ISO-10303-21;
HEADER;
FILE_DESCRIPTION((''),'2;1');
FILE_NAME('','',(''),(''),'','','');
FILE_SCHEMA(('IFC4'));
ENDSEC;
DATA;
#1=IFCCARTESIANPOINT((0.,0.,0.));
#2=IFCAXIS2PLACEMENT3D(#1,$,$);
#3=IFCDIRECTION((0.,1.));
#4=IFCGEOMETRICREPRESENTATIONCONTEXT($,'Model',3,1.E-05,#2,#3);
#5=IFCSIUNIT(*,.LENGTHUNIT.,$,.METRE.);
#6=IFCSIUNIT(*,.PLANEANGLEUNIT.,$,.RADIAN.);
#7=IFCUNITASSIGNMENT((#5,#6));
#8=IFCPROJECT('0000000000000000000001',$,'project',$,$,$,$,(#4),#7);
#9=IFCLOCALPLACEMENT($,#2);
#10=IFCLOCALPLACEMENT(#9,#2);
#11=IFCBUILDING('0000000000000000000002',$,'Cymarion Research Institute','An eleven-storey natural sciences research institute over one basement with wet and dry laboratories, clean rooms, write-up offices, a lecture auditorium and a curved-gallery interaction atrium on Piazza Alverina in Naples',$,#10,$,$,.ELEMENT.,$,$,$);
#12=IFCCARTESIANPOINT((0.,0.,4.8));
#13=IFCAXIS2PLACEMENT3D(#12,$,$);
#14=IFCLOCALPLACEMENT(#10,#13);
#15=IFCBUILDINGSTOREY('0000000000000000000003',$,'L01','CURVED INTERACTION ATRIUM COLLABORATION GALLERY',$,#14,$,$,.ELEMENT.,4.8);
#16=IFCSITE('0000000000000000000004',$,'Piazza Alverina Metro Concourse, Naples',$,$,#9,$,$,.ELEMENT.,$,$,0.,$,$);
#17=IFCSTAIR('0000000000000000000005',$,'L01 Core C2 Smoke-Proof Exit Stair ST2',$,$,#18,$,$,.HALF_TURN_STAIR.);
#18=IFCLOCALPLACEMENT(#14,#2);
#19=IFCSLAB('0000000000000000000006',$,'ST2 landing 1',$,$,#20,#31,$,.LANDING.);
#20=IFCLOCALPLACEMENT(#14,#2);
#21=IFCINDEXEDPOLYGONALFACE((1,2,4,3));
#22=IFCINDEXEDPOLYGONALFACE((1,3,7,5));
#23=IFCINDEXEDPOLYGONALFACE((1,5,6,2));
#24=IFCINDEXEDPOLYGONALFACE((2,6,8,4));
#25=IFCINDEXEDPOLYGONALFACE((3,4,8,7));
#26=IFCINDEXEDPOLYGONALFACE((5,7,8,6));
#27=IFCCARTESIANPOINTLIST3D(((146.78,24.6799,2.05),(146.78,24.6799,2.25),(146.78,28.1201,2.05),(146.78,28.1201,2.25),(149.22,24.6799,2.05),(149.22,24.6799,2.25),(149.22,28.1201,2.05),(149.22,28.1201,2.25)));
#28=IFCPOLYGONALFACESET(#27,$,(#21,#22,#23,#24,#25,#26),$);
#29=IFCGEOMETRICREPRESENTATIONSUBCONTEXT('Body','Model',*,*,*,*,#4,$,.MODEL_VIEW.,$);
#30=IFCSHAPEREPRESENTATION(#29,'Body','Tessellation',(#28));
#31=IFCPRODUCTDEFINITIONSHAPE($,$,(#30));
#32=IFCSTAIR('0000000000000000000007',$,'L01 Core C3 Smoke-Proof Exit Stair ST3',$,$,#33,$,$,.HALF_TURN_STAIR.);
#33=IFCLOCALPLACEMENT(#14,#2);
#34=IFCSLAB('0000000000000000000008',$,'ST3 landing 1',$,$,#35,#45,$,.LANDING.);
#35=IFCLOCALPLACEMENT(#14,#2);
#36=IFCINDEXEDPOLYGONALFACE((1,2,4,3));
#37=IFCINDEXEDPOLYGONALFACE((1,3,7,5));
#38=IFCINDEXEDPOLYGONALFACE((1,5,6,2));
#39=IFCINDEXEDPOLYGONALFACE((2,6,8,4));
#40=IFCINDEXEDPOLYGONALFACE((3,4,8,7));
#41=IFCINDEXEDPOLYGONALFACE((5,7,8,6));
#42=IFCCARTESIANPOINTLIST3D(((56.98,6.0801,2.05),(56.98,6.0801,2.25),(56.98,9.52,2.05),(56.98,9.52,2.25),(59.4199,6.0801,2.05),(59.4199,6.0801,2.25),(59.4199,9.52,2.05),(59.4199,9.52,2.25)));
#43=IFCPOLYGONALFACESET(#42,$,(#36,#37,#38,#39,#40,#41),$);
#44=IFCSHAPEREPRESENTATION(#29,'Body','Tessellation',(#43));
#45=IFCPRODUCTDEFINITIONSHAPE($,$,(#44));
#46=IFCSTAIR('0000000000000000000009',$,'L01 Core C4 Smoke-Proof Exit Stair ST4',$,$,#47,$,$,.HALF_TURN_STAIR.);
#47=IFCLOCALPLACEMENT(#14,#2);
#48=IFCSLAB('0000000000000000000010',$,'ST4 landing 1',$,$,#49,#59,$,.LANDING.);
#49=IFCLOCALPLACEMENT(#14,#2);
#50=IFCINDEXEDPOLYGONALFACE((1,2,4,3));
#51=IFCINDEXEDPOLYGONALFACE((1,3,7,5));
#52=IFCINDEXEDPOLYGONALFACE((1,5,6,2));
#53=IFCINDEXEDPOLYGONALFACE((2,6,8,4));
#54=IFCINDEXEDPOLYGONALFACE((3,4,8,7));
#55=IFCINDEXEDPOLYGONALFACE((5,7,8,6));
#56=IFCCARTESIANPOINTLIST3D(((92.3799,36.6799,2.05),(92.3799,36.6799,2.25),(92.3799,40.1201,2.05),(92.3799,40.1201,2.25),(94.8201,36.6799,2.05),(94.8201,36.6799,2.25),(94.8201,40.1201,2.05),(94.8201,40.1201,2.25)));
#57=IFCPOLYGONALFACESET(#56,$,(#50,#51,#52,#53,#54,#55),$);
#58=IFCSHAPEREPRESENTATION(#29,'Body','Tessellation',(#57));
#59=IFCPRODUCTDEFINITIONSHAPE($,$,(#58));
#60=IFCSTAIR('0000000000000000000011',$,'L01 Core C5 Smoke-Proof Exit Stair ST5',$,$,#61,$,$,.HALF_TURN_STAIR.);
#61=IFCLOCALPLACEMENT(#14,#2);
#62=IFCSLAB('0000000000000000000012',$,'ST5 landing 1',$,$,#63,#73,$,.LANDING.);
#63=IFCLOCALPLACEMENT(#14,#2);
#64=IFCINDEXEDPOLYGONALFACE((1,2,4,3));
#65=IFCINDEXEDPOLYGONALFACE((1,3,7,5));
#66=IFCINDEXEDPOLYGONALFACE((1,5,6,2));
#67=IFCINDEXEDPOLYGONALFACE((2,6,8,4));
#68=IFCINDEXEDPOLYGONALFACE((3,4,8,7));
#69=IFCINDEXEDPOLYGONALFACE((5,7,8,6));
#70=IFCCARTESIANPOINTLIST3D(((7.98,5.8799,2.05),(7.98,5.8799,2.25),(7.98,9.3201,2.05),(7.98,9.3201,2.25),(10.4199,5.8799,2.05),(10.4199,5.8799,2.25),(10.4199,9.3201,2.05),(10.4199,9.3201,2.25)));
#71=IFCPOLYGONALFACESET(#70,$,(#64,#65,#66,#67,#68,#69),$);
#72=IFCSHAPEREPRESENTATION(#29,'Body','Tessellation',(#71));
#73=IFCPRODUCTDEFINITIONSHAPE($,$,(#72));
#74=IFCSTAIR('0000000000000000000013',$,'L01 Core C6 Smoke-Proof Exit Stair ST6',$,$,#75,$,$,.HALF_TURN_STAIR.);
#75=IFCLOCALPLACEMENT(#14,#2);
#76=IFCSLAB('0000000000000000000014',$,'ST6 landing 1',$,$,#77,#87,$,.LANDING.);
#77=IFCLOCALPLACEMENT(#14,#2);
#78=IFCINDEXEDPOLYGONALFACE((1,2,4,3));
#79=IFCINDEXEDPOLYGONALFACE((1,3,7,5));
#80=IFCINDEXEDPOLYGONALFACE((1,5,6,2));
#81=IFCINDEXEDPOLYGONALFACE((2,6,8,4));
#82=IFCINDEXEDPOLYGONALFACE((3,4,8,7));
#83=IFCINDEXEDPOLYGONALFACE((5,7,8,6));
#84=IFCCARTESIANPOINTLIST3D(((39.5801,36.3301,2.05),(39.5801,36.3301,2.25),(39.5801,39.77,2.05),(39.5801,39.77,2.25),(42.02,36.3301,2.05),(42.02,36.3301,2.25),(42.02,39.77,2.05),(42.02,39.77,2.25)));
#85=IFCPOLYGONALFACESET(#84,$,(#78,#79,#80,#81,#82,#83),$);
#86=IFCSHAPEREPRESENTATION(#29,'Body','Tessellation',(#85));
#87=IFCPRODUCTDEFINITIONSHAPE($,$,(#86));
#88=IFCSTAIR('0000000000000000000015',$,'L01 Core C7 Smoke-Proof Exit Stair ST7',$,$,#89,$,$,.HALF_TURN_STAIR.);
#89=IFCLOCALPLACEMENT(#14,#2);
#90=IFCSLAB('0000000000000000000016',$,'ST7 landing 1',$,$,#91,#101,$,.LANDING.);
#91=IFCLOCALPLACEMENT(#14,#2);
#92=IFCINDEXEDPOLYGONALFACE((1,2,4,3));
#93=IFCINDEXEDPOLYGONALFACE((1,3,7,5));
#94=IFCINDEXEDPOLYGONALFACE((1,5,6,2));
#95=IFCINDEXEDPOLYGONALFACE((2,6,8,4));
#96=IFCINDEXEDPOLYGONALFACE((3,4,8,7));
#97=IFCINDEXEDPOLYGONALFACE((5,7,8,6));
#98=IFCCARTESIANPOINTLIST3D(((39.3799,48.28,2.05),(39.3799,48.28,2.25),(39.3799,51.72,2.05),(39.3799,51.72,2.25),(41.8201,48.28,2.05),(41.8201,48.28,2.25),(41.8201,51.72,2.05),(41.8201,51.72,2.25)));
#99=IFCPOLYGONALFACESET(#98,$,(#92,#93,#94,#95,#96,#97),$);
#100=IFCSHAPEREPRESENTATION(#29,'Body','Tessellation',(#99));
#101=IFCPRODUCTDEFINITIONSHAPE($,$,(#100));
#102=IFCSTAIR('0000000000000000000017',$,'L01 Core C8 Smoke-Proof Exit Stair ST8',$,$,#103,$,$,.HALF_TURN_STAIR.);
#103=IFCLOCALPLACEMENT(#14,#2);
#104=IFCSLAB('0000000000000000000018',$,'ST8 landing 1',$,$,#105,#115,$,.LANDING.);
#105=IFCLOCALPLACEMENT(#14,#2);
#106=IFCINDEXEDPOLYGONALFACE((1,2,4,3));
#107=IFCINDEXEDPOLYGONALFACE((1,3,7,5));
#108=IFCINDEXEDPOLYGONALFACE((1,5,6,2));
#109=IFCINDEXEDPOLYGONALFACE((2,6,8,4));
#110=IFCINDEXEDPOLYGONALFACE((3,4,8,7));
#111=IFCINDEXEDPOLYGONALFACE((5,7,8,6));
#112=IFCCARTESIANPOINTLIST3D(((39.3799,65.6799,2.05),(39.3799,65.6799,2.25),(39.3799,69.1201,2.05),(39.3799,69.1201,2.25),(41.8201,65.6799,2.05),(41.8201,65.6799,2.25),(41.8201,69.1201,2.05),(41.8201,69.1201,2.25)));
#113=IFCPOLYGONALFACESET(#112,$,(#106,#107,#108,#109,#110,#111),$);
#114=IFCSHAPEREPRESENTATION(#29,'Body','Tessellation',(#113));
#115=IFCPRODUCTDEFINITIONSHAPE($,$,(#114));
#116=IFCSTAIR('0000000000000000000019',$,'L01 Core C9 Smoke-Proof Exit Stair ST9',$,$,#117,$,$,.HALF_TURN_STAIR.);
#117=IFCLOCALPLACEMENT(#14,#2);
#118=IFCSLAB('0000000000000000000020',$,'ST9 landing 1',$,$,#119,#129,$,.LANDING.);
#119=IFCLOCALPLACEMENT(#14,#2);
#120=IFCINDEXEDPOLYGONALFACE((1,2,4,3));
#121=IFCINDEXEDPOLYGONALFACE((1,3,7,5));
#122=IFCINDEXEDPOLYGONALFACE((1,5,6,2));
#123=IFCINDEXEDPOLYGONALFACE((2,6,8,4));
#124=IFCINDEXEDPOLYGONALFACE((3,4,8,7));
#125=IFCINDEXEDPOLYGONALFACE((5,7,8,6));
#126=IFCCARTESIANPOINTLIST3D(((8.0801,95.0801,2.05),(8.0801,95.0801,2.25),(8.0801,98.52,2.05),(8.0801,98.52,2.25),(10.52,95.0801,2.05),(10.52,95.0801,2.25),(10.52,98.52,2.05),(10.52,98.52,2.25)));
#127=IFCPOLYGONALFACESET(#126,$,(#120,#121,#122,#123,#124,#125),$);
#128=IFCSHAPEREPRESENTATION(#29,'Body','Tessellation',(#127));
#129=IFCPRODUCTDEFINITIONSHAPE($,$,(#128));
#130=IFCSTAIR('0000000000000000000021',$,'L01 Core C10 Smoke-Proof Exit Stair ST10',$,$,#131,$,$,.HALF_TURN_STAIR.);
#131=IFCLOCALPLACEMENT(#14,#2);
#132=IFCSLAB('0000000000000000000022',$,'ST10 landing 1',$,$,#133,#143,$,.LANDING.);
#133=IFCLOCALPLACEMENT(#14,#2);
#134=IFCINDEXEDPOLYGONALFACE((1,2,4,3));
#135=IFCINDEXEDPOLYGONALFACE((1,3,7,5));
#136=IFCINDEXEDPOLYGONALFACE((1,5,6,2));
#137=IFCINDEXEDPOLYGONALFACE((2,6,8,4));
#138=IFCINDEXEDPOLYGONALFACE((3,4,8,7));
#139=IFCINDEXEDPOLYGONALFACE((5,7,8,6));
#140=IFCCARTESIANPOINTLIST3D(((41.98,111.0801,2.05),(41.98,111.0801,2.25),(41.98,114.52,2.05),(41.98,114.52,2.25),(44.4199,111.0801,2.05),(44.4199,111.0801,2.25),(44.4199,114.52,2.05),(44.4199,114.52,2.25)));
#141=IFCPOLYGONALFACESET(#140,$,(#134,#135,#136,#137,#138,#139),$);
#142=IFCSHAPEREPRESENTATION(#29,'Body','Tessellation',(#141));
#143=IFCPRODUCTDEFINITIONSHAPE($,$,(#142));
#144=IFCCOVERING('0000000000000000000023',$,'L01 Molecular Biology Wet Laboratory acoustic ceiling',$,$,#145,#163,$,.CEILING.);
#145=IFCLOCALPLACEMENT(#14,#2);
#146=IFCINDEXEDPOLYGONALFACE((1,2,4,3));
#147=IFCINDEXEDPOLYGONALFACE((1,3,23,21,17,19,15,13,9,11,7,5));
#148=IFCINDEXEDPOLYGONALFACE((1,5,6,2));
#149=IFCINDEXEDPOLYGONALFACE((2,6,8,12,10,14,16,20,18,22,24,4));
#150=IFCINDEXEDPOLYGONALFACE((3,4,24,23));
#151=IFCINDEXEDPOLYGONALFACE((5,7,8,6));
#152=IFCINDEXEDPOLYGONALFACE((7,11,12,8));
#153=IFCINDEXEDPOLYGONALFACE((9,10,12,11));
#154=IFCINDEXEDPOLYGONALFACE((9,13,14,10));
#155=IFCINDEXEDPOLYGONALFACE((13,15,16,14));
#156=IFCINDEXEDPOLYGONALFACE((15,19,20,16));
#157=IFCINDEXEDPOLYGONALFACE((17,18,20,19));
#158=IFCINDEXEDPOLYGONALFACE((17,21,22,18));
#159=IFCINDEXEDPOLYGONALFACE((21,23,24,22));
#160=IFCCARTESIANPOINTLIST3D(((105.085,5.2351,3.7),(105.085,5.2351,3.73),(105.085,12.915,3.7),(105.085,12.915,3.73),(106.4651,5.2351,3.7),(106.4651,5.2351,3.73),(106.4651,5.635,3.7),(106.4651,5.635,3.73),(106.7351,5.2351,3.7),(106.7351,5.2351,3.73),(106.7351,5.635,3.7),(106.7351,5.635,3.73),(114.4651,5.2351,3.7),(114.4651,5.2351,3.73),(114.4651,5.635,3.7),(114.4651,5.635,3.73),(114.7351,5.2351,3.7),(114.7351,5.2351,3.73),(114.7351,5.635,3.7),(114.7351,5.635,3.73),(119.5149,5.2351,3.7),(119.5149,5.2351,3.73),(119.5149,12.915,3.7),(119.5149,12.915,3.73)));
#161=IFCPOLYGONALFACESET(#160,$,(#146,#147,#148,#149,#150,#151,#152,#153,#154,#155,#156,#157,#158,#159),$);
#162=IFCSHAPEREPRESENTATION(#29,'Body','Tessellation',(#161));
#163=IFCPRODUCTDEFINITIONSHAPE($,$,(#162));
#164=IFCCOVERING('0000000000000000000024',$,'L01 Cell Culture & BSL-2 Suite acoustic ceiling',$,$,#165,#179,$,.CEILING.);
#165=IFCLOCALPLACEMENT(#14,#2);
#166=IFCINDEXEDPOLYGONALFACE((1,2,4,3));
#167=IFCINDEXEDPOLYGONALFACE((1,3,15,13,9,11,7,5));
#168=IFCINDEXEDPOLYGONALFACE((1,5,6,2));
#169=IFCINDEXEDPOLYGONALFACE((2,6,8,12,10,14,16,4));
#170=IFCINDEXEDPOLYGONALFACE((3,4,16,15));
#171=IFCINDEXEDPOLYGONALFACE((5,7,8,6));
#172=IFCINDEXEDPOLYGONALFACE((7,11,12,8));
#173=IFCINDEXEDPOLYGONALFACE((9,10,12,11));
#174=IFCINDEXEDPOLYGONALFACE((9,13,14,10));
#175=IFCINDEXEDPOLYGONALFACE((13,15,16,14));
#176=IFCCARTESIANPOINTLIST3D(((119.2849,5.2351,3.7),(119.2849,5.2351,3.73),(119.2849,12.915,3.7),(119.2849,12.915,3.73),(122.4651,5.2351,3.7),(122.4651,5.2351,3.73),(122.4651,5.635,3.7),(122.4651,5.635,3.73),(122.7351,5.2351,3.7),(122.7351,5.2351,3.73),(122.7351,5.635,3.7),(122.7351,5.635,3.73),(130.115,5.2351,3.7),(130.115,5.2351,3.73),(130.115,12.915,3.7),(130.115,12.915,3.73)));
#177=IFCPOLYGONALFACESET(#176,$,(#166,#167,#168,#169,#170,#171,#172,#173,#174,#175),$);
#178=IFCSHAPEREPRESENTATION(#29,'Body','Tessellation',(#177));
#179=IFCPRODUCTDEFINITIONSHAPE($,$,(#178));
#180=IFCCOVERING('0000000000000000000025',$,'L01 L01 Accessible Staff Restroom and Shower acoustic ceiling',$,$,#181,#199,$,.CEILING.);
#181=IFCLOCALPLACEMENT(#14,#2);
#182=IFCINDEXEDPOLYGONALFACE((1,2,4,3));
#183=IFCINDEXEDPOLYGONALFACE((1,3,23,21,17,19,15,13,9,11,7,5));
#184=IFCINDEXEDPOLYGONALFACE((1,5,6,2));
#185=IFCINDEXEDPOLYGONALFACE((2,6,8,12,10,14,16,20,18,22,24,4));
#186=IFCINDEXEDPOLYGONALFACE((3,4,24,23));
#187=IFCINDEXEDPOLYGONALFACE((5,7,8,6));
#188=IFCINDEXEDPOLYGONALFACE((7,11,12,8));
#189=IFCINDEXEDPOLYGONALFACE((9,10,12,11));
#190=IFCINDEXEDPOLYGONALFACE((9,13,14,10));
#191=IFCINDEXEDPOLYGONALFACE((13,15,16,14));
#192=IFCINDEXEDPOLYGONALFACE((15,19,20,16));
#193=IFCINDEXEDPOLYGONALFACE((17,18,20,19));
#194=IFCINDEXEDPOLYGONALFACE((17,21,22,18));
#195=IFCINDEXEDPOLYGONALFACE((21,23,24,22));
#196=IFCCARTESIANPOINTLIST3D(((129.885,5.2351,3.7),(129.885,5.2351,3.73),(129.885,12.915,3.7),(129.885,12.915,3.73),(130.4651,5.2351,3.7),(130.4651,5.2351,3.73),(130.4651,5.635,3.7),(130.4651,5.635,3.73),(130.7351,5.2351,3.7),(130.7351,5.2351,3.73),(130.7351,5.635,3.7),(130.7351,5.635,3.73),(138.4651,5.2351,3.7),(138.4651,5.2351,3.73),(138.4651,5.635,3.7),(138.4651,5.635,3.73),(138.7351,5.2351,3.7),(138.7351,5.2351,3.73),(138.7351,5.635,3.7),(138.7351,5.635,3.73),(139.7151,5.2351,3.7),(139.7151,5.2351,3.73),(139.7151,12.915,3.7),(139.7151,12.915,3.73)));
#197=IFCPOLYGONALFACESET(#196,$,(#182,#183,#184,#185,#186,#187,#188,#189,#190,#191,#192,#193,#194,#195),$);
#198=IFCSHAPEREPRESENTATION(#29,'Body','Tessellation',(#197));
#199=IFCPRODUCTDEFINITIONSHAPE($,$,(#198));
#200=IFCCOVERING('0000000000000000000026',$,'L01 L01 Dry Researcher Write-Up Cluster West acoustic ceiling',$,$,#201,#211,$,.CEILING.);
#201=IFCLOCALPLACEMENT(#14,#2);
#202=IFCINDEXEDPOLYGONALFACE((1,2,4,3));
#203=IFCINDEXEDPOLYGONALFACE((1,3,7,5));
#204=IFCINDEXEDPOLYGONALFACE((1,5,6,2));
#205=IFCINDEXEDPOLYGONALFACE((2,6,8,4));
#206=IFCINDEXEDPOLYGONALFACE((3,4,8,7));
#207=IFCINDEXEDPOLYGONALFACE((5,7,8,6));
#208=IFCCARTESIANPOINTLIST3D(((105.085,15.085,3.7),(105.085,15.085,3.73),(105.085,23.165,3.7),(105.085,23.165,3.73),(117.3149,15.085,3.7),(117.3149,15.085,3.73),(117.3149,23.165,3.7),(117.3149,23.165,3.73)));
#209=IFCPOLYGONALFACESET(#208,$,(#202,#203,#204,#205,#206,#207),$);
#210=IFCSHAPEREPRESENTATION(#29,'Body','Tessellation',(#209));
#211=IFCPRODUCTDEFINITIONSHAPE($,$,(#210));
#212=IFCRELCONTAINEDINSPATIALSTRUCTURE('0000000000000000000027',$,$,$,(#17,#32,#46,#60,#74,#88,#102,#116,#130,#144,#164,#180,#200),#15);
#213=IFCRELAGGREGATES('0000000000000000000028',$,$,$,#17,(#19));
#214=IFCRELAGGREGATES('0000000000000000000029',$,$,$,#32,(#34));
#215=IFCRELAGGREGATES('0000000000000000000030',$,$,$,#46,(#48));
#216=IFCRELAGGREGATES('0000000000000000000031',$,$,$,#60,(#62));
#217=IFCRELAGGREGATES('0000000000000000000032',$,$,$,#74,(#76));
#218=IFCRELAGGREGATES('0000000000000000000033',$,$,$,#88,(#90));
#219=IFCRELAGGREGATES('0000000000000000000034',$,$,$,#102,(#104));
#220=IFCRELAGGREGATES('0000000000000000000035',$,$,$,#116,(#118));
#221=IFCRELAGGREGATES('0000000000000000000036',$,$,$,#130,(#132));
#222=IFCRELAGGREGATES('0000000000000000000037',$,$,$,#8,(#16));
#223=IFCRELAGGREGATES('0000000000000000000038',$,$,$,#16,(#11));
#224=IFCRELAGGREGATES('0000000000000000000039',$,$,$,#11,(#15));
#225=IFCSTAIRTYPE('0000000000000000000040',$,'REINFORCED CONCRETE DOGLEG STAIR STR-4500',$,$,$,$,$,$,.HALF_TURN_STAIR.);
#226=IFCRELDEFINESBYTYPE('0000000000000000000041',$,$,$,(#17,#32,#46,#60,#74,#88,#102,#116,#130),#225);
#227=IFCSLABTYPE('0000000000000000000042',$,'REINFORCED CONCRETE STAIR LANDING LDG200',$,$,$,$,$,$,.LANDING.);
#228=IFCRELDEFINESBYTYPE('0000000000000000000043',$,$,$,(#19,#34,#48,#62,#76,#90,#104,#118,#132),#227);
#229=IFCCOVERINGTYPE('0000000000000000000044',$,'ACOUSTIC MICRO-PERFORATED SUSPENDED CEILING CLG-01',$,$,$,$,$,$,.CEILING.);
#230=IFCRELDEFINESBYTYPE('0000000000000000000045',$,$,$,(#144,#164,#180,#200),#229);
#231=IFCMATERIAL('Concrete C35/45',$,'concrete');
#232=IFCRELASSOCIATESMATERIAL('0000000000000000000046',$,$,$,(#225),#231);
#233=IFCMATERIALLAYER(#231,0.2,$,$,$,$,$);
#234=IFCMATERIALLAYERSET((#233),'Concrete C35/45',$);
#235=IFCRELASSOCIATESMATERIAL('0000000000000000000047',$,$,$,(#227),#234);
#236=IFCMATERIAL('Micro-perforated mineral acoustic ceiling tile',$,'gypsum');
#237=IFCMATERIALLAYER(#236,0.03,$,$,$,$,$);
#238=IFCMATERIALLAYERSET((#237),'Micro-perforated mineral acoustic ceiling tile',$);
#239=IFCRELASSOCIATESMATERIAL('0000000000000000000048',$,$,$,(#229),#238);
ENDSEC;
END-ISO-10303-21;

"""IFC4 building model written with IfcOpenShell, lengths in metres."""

from ifc_helpers import new_model, si_unit, direction, frame, origin, place, context, subcontext, project, spatial, polyline, outline, extrude, material, layer, layer_set, type_object, element, aggregate, save


model = new_model("IFC4")

# Units and contexts
model_context = context("Model", 3, precision=1e-05, world=origin(), true_north=direction((0.0, 1.0)))
body_context = subcontext(model_context, "Body", "Model", "MODEL_VIEW")
ifc_project = project(units=[si_unit("LENGTHUNIT", "METRE"), si_unit("PLANEANGLEUNIT", "RADIAN")], contexts=[model_context])

# Site, building, storey
site_placement = place(None, origin())
site = spatial("IfcSite", under=ifc_project, at=site_placement, Name="Piazza Alverina Metro Concourse, Naples", CompositionType="ELEMENT", RefElevation=0.0)
building_placement = place(site_placement, origin())
building = spatial("IfcBuilding", under=site, at=building_placement, Name="Cymarion Research Institute", Description="An eleven-storey natural sciences research institute over one basement with wet and dry laboratories, clean rooms, write-up offices, a lecture auditorium and a curved-gallery interaction atrium on Piazza Alverina in Naples", CompositionType="ELEMENT")
storey_placement = place(building_placement, frame((0.0, 0.0, 4.8)))
storey = spatial("IfcBuildingStorey", under=building, at=storey_placement, Name="L01", Description="CURVED INTERACTION ATRIUM COLLABORATION GALLERY", CompositionType="ELEMENT", Elevation=4.8)

# Stairs, slabs
ifc_material_1 = material(Name="Concrete C35/45", Category="concrete")
stair_type = type_object("IfcStairType", Name="REINFORCED CONCRETE DOGLEG STAIR STR-4500", PredefinedType="HALF_TURN_STAIR", material=ifc_material_1)
stair_1_placement = place(storey_placement, origin())
stair_1 = element("IfcStair", 1, at=stair_1_placement, inside=storey, type_object=stair_type, Name="L01 Core C2 Smoke-Proof Exit Stair ST2", PredefinedType="HALF_TURN_STAIR")
ifc_layer_1 = layer(ifc_material_1, 0.2)
ifc_layer_set_1 = layer_set([ifc_layer_1], Name="Concrete C35/45")
slab_type = type_object("IfcSlabType", Name="REINFORCED CONCRETE STAIR LANDING LDG200", PredefinedType="LANDING", material=ifc_layer_set_1)
slab_1_placement = place(storey_placement, frame((0.0, 0.0, 2.05)))
slab_1 = element("IfcSlab", 2, at=slab_1_placement, type_object=slab_type, Name="ST2 landing 1", PredefinedType="LANDING", context=body_context, shape_type="SweptSolid", body=[
    extrude(outline(polyline([(149.22, 28.1201), (149.22, 24.6799), (146.78, 24.6799), (146.78, 28.1201), (149.22, 28.1201)])), origin(), (0.0, 0.0, 1.0), 0.2),
])
aggregate(stair_1, [slab_1])
stair_2_placement = place(storey_placement, origin())
stair_2 = element("IfcStair", 3, at=stair_2_placement, inside=storey, type_object=stair_type, Name="L01 Core C3 Smoke-Proof Exit Stair ST3", PredefinedType="HALF_TURN_STAIR")
slab_2_placement = place(storey_placement, frame((0.0, 0.0, 2.05)))
slab_2 = element("IfcSlab", 4, at=slab_2_placement, type_object=slab_type, Name="ST3 landing 1", PredefinedType="LANDING", context=body_context, shape_type="SweptSolid", body=[
    extrude(outline(polyline([(59.4199, 9.52), (59.4199, 6.0801), (56.98, 6.0801), (56.98, 9.52), (59.4199, 9.52)])), origin(), (0.0, 0.0, 1.0), 0.2),
])
aggregate(stair_2, [slab_2])
stair_3_placement = place(storey_placement, origin())
stair_3 = element("IfcStair", 5, at=stair_3_placement, inside=storey, type_object=stair_type, Name="L01 Core C4 Smoke-Proof Exit Stair ST4", PredefinedType="HALF_TURN_STAIR")
slab_3_placement = place(storey_placement, frame((0.0, 0.0, 2.05)))
slab_3 = element("IfcSlab", 6, at=slab_3_placement, type_object=slab_type, Name="ST4 landing 1", PredefinedType="LANDING", context=body_context, shape_type="SweptSolid", body=[
    extrude(outline(polyline([(92.3799, 36.6799), (92.3799, 40.1201), (94.8201, 40.1201), (94.8201, 36.6799), (92.3799, 36.6799)])), origin(), (0.0, 0.0, 1.0), 0.2),
])
aggregate(stair_3, [slab_3])
stair_4_placement = place(storey_placement, origin())
stair_4 = element("IfcStair", 7, at=stair_4_placement, inside=storey, type_object=stair_type, Name="L01 Core C5 Smoke-Proof Exit Stair ST5", PredefinedType="HALF_TURN_STAIR")
slab_4_placement = place(storey_placement, frame((0.0, 0.0, 2.05)))
slab_4 = element("IfcSlab", 8, at=slab_4_placement, type_object=slab_type, Name="ST5 landing 1", PredefinedType="LANDING", context=body_context, shape_type="SweptSolid", body=[
    extrude(outline(polyline([(10.4199, 9.3201), (10.4199, 5.8799), (7.98, 5.8799), (7.98, 9.3201), (10.4199, 9.3201)])), origin(), (0.0, 0.0, 1.0), 0.2),
])
aggregate(stair_4, [slab_4])
stair_5_placement = place(storey_placement, origin())
stair_5 = element("IfcStair", 9, at=stair_5_placement, inside=storey, type_object=stair_type, Name="L01 Core C6 Smoke-Proof Exit Stair ST6", PredefinedType="HALF_TURN_STAIR")
slab_5_placement = place(storey_placement, frame((0.0, 0.0, 2.05)))
slab_5 = element("IfcSlab", 10, at=slab_5_placement, type_object=slab_type, Name="ST6 landing 1", PredefinedType="LANDING", context=body_context, shape_type="SweptSolid", body=[
    extrude(outline(polyline([(39.5801, 36.3301), (39.5801, 39.77), (42.02, 39.77), (42.02, 36.3301), (39.5801, 36.3301)])), origin(), (0.0, 0.0, 1.0), 0.2),
])
aggregate(stair_5, [slab_5])
stair_6_placement = place(storey_placement, origin())
stair_6 = element("IfcStair", 11, at=stair_6_placement, inside=storey, type_object=stair_type, Name="L01 Core C7 Smoke-Proof Exit Stair ST7", PredefinedType="HALF_TURN_STAIR")
slab_6_placement = place(storey_placement, frame((0.0, 0.0, 2.05)))
slab_6 = element("IfcSlab", 12, at=slab_6_placement, type_object=slab_type, Name="ST7 landing 1", PredefinedType="LANDING", context=body_context, shape_type="SweptSolid", body=[
    extrude(outline(polyline([(39.3799, 48.28), (39.3799, 51.72), (41.8201, 51.72), (41.8201, 48.28), (39.3799, 48.28)])), origin(), (0.0, 0.0, 1.0), 0.2),
])
aggregate(stair_6, [slab_6])
stair_7_placement = place(storey_placement, origin())
stair_7 = element("IfcStair", 13, at=stair_7_placement, inside=storey, type_object=stair_type, Name="L01 Core C8 Smoke-Proof Exit Stair ST8", PredefinedType="HALF_TURN_STAIR")
slab_7_placement = place(storey_placement, frame((0.0, 0.0, 2.05)))
slab_7 = element("IfcSlab", 14, at=slab_7_placement, type_object=slab_type, Name="ST8 landing 1", PredefinedType="LANDING", context=body_context, shape_type="SweptSolid", body=[
    extrude(outline(polyline([(39.3799, 65.6799), (39.3799, 69.1201), (41.8201, 69.1201), (41.8201, 65.6799), (39.3799, 65.6799)])), origin(), (0.0, 0.0, 1.0), 0.2),
])
aggregate(stair_7, [slab_7])
stair_8_placement = place(storey_placement, origin())
stair_8 = element("IfcStair", 15, at=stair_8_placement, inside=storey, type_object=stair_type, Name="L01 Core C9 Smoke-Proof Exit Stair ST9", PredefinedType="HALF_TURN_STAIR")
slab_8_placement = place(storey_placement, frame((0.0, 0.0, 2.05)))
slab_8 = element("IfcSlab", 16, at=slab_8_placement, type_object=slab_type, Name="ST9 landing 1", PredefinedType="LANDING", context=body_context, shape_type="SweptSolid", body=[
    extrude(outline(polyline([(10.52, 98.52), (10.52, 95.0801), (8.0801, 95.0801), (8.0801, 98.52), (10.52, 98.52)])), origin(), (0.0, 0.0, 1.0), 0.2),
])
aggregate(stair_8, [slab_8])
stair_9_placement = place(storey_placement, origin())
stair_9 = element("IfcStair", 17, at=stair_9_placement, inside=storey, type_object=stair_type, Name="L01 Core C10 Smoke-Proof Exit Stair ST10", PredefinedType="HALF_TURN_STAIR")
slab_9_placement = place(storey_placement, frame((0.0, 0.0, 2.05)))
slab_9 = element("IfcSlab", 18, at=slab_9_placement, type_object=slab_type, Name="ST10 landing 1", PredefinedType="LANDING", context=body_context, shape_type="SweptSolid", body=[
    extrude(outline(polyline([(41.98, 111.0801), (41.98, 114.52), (44.4199, 114.52), (44.4199, 111.0801), (41.98, 111.0801)])), origin(), (0.0, 0.0, 1.0), 0.2),
])
aggregate(stair_9, [slab_9])

# Coverings
ifc_material_2 = material(Name="Micro-perforated mineral acoustic ceiling tile", Category="gypsum")
ifc_layer_2 = layer(ifc_material_2, 0.03)
ifc_layer_set_2 = layer_set([ifc_layer_2], Name="Micro-perforated mineral acoustic ceiling tile")
covering_type = type_object("IfcCoveringType", Name="ACOUSTIC MICRO-PERFORATED SUSPENDED CEILING CLG-01", PredefinedType="CEILING", material=ifc_layer_set_2)
covering_1_placement = place(storey_placement, frame((0.0, 0.0, 3.7)))
element("IfcCovering", 19, at=covering_1_placement, inside=storey, type_object=covering_type, Name="L01 Molecular Biology Wet Laboratory acoustic ceiling", PredefinedType="CEILING", context=body_context, shape_type="SweptSolid", body=[
    extrude(outline(polyline([(119.5149, 12.915), (119.5149, 5.2351), (114.7351, 5.2351), (114.7351, 5.635), (114.4651, 5.635), (114.4651, 5.2351), (106.7351, 5.2351), (106.7351, 5.635), (106.4651, 5.635), (106.4651, 5.2351), (105.085, 5.2351), (105.085, 12.915), (119.5149, 12.915)])), origin(), (0.0, 0.0, 1.0), 0.03),
])
covering_2_placement = place(storey_placement, frame((0.0, 0.0, 3.7)))
element("IfcCovering", 20, at=covering_2_placement, inside=storey, type_object=covering_type, Name="L01 Cell Culture & BSL-2 Suite acoustic ceiling", PredefinedType="CEILING", context=body_context, shape_type="SweptSolid", body=[
    extrude(outline(polyline([(130.115, 12.915), (130.115, 5.2351), (122.7351, 5.2351), (122.7351, 5.635), (122.4651, 5.635), (122.4651, 5.2351), (119.2849, 5.2351), (119.2849, 12.915), (130.115, 12.915)])), origin(), (0.0, 0.0, 1.0), 0.03),
])
covering_3_placement = place(storey_placement, frame((0.0, 0.0, 3.7)))
element("IfcCovering", 21, at=covering_3_placement, inside=storey, type_object=covering_type, Name="L01 L01 Accessible Staff Restroom and Shower acoustic ceiling", PredefinedType="CEILING", context=body_context, shape_type="SweptSolid", body=[
    extrude(outline(polyline([(139.7151, 12.915), (139.7151, 5.2351), (138.7351, 5.2351), (138.7351, 5.635), (138.4651, 5.635), (138.4651, 5.2351), (130.7351, 5.2351), (130.7351, 5.635), (130.4651, 5.635), (130.4651, 5.2351), (129.885, 5.2351), (129.885, 12.915), (139.7151, 12.915)])), origin(), (0.0, 0.0, 1.0), 0.03),
])
covering_4_placement = place(storey_placement, frame((0.0, 0.0, 3.7)))
element("IfcCovering", 22, at=covering_4_placement, inside=storey, type_object=covering_type, Name="L01 L01 Dry Researcher Write-Up Cluster West acoustic ceiling", PredefinedType="CEILING", context=body_context, shape_type="SweptSolid", body=[
    extrude(outline(polyline([(117.3149, 23.165), (117.3149, 15.085), (105.085, 15.085), (105.085, 23.165), (117.3149, 23.165)])), origin(), (0.0, 0.0, 1.0), 0.03),
])

save(model, "model.ifc")
